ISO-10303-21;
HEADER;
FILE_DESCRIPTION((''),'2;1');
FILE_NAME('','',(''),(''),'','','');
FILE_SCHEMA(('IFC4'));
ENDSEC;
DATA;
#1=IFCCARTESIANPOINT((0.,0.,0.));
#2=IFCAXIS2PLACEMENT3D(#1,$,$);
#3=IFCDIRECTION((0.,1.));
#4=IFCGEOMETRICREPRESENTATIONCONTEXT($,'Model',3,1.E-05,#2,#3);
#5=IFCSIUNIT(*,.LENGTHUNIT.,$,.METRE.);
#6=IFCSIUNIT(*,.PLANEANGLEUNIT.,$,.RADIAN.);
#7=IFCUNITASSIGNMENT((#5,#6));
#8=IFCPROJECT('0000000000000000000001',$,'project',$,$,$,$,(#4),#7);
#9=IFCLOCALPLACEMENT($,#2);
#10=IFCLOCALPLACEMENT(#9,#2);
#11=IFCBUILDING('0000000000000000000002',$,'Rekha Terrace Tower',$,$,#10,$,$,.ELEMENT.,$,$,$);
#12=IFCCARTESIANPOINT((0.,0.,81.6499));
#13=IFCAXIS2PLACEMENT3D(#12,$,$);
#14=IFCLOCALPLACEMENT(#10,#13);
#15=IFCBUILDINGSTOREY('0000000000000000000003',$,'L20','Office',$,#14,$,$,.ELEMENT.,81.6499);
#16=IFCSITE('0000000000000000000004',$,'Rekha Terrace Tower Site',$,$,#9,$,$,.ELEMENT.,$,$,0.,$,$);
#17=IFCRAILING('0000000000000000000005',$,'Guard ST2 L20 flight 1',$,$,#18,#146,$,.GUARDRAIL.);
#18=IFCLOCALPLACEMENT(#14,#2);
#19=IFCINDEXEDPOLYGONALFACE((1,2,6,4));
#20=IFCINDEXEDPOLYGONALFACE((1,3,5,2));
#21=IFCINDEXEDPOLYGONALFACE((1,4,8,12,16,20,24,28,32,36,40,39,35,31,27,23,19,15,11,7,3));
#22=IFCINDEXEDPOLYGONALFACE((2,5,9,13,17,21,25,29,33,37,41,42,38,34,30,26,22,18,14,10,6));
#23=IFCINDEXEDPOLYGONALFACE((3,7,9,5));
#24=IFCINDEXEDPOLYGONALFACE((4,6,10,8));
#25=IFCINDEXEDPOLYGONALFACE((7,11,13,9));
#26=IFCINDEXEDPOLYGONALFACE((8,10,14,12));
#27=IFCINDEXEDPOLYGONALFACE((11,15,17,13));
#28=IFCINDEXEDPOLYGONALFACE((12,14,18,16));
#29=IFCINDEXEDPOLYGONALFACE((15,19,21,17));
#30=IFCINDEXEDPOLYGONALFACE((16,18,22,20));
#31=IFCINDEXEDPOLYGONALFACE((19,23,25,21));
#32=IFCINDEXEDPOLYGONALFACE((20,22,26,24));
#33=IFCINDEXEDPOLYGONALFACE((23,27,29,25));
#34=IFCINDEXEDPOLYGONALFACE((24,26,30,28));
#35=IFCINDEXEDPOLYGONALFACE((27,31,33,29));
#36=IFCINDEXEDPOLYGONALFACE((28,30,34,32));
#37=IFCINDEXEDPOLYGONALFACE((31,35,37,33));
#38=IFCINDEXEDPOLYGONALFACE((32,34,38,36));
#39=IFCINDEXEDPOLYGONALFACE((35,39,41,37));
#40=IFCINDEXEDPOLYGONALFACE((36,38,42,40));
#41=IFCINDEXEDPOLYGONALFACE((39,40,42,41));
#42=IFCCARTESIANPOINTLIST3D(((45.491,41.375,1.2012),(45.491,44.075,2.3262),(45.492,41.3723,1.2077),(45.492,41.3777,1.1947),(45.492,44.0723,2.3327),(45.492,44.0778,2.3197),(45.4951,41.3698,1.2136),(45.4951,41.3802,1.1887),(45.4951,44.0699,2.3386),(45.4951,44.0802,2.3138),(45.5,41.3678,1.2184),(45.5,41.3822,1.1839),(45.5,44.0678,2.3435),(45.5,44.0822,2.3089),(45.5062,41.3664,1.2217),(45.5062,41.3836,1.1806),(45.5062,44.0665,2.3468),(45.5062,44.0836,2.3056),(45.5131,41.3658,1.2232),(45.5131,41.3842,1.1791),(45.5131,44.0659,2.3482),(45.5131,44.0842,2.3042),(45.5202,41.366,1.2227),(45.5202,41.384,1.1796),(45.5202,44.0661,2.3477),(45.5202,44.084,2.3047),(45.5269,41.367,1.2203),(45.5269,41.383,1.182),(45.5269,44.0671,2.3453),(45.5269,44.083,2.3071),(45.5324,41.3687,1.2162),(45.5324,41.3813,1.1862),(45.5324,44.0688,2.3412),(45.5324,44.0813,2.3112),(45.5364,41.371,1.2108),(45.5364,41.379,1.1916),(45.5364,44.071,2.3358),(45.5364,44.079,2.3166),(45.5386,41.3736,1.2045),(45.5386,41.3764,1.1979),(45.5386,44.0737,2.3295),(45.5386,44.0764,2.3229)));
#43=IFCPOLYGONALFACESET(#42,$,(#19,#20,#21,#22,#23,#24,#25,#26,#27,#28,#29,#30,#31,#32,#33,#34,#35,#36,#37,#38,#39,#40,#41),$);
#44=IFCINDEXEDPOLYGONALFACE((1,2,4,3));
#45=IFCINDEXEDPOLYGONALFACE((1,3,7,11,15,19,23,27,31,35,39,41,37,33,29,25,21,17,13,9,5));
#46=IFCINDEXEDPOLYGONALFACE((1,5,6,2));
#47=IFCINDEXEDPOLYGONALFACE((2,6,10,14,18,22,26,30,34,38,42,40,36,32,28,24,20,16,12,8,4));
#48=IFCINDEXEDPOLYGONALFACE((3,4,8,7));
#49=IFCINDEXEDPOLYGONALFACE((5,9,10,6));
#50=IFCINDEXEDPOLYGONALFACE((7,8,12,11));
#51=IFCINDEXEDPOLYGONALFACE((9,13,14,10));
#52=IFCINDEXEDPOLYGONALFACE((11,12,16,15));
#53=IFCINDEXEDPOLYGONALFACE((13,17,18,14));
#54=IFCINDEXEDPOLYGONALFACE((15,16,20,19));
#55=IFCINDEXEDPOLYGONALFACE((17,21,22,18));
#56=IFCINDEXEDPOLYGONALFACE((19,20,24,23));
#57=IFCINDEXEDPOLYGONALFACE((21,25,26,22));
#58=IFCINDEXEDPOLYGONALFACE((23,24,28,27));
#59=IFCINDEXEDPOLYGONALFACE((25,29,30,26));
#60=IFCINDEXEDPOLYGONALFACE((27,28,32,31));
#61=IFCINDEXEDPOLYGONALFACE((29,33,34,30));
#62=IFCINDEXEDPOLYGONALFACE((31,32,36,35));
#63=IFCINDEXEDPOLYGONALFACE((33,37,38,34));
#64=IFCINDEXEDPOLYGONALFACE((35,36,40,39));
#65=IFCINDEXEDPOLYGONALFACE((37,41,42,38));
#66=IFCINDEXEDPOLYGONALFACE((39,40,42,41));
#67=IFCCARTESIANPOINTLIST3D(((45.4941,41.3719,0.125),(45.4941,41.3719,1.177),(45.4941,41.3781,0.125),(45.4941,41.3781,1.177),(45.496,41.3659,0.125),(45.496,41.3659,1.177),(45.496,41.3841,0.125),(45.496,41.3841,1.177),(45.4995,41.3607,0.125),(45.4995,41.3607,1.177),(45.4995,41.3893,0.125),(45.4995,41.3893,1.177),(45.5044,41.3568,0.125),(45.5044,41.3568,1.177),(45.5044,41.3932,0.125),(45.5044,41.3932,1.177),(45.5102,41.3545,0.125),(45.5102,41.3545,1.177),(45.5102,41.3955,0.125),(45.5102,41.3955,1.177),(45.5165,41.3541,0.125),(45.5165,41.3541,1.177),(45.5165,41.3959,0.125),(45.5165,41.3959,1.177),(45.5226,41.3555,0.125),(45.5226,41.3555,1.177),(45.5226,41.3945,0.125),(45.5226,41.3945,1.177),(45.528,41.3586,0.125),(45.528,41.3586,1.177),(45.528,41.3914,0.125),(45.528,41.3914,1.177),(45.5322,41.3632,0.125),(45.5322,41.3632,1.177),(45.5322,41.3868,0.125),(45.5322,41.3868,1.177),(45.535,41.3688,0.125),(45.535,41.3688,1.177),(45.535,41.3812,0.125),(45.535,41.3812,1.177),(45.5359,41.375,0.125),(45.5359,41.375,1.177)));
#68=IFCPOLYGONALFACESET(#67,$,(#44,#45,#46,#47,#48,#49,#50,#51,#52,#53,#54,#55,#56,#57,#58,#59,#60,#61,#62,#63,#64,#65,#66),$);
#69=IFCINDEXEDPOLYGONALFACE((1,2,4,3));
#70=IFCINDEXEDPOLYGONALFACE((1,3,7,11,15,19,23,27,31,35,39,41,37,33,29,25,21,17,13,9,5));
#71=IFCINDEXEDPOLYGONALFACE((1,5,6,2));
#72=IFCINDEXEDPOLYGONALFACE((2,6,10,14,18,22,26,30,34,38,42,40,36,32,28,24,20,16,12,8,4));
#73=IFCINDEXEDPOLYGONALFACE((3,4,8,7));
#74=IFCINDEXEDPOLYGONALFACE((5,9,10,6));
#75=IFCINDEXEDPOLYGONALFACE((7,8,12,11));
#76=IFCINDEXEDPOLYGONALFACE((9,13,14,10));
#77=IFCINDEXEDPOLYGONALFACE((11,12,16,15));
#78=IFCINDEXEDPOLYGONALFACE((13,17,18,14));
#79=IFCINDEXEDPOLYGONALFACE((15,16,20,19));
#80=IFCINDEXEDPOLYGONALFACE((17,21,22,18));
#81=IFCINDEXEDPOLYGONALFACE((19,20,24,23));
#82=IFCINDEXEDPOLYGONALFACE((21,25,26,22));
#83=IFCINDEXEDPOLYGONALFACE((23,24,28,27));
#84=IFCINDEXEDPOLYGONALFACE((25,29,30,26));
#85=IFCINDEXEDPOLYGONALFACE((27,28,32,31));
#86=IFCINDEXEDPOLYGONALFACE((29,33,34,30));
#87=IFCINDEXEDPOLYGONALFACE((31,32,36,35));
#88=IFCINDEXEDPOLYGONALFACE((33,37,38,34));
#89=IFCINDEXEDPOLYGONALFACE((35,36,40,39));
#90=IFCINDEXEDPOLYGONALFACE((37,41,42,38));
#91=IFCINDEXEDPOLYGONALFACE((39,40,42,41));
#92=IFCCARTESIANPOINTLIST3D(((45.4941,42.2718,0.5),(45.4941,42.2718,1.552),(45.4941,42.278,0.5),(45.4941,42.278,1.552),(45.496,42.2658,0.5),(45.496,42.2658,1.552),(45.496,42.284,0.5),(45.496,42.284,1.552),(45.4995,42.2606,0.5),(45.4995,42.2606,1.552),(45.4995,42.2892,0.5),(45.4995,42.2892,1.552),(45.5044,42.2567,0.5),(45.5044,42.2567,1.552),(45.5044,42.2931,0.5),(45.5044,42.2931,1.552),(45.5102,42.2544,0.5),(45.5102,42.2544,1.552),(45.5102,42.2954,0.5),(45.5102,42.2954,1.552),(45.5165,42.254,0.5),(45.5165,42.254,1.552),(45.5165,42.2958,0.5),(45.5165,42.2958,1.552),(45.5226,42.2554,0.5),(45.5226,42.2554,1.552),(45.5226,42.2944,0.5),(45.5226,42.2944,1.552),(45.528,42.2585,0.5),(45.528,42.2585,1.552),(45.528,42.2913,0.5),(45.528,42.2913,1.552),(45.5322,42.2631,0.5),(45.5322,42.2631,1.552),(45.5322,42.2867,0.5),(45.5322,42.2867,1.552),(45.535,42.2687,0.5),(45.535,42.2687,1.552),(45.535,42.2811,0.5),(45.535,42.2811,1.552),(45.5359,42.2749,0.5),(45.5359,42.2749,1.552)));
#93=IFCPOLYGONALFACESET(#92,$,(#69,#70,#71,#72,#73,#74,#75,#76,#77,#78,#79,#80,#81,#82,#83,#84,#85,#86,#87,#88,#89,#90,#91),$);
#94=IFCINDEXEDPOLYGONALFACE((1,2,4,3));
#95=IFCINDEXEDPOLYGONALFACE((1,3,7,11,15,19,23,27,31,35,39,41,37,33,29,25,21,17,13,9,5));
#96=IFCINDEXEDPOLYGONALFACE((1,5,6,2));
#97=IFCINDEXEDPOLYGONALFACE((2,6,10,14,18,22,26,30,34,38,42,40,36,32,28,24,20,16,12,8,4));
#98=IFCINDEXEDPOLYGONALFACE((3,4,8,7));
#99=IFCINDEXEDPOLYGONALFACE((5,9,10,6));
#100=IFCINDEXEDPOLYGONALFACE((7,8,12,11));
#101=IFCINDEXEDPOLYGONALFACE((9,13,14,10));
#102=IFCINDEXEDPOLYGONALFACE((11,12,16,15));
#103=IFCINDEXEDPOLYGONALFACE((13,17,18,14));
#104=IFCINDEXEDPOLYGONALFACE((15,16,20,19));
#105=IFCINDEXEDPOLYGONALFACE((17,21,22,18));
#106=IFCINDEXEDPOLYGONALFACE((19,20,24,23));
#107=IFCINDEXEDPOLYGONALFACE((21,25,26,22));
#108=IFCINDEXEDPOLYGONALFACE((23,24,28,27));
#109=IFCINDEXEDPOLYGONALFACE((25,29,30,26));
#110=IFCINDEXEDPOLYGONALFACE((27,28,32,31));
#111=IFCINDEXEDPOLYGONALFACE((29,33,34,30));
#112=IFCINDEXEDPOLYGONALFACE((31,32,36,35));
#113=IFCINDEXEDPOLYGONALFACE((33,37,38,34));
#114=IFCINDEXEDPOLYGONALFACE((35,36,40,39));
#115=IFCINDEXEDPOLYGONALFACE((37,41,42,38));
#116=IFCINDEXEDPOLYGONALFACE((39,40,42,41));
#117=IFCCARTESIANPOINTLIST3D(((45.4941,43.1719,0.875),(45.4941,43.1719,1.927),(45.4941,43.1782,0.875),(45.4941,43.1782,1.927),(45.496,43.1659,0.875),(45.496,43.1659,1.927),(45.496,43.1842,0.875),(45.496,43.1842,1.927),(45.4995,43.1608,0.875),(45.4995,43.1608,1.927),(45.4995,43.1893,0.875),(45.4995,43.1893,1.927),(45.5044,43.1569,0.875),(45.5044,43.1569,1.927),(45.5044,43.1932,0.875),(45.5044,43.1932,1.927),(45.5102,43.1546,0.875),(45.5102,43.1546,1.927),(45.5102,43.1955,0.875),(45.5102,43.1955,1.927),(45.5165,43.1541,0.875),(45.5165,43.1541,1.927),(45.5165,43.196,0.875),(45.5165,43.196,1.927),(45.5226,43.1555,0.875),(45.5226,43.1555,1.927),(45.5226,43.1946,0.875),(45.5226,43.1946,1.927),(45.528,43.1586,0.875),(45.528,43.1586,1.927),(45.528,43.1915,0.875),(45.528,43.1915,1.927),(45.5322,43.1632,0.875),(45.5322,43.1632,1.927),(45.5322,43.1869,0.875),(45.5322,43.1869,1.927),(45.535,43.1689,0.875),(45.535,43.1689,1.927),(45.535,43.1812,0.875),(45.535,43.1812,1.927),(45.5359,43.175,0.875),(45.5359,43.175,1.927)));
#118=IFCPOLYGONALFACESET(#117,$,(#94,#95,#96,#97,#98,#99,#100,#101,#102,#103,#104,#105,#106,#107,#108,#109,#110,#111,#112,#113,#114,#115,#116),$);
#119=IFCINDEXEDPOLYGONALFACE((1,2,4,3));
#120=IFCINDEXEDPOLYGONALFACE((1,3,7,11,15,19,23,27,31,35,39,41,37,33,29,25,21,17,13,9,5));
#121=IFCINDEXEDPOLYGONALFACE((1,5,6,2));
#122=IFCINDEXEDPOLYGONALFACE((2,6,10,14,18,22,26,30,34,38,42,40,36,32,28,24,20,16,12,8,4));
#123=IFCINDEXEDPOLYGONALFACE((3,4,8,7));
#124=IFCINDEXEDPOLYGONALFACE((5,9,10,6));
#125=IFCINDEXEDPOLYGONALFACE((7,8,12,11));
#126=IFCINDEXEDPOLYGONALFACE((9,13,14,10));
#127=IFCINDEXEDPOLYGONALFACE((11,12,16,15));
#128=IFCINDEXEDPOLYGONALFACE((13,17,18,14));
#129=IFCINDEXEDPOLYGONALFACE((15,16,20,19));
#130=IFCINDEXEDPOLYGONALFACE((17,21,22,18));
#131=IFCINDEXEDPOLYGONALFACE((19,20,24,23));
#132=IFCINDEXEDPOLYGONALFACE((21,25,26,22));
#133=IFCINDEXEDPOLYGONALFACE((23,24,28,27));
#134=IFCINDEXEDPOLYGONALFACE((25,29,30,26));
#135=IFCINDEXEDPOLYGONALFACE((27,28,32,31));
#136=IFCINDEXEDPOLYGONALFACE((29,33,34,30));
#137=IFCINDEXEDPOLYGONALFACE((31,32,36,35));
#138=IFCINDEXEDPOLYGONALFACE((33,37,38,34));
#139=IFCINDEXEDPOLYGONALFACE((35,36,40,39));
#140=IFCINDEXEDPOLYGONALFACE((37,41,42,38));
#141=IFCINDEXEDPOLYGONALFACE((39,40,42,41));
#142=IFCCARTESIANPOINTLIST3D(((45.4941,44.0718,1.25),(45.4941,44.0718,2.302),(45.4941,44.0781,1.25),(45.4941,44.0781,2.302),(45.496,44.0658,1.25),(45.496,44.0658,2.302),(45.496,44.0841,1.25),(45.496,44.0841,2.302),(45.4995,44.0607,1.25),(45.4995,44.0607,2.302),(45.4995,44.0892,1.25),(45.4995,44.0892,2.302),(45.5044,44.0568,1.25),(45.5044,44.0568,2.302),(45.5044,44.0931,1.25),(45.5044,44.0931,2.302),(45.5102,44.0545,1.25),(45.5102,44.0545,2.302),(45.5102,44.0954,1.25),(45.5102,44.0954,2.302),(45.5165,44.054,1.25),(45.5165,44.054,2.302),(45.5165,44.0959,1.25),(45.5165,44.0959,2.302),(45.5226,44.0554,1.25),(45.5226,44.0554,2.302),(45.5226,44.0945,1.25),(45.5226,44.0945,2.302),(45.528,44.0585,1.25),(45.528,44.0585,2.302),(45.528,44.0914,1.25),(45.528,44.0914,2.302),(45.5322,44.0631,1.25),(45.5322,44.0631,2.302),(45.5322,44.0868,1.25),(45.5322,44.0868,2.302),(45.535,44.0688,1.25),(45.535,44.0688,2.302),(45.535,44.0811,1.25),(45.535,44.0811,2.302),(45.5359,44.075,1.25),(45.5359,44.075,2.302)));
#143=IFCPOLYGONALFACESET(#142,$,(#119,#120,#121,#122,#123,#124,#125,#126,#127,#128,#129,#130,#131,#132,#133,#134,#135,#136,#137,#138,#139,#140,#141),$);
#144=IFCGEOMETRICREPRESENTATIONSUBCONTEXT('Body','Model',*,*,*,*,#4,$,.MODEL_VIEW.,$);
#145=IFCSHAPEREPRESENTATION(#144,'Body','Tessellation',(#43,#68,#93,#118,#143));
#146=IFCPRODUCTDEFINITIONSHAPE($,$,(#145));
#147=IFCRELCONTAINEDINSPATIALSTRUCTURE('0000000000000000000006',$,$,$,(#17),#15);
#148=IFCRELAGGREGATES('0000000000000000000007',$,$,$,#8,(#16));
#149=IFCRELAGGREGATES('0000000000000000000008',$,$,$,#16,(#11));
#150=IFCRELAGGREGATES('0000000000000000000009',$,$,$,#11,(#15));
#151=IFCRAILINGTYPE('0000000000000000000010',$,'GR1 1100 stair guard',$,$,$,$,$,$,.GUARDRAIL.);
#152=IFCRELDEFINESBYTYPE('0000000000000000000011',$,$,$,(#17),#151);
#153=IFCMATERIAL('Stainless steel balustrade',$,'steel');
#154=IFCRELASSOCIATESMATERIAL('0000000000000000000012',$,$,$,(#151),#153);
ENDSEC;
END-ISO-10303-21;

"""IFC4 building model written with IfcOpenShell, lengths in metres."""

from ifc_helpers import new_model, si_unit, direction, frame, origin, origin_2d, place, context, subcontext, project, spatial, circle, extrude, material, type_object, element, save


model = new_model("IFC4")

# Units and contexts
model_context = context("Model", 3, precision=1e-05, world=origin(), true_north=direction((0.0, 1.0)))
body_context = subcontext(model_context, "Body", "Model", "MODEL_VIEW")
ifc_project = project(units=[si_unit("LENGTHUNIT", "METRE"), si_unit("PLANEANGLEUNIT", "RADIAN")], contexts=[model_context])

# Site, building, storey
site_placement = place(None, origin())
site = spatial("IfcSite", under=ifc_project, at=site_placement, Name="Rekha Terrace Tower Site", CompositionType="ELEMENT", RefElevation=0.0)
building_placement = place(site_placement, origin())
building = spatial("IfcBuilding", under=site, at=building_placement, Name="Rekha Terrace Tower", CompositionType="ELEMENT")
storey_placement = place(building_placement, frame((0.0, 0.0, 81.6499)))
storey = spatial("IfcBuildingStorey", under=building, at=storey_placement, Name="L20", Description="Office", CompositionType="ELEMENT", Elevation=81.6499)

# Railing
ifc_material_1 = material(Name="Stainless steel balustrade", Category="steel")
railing_type_1 = type_object("IfcRailingType", Name="GR1 1100 stair guard", PredefinedType="GUARDRAIL", material=ifc_material_1)
railing_1_placement = place(storey_placement, frame((45.5149, 41.375, 0.125)))
element("IfcRailing", 1, at=railing_1_placement, inside=storey, type_object=railing_type_1, Name="Guard ST2 L20 flight 1", PredefinedType="GUARDRAIL", context=body_context, shape_type="SweptSolid", body=[
    extrude(circle(Radius=0.0239, at=origin_2d()), frame((0.0, 0.0, 1.0762), z_axis=(0.0, 0.923074, 0.384621), x_axis=(-1.0, 0.0, 0.0)), (0.0, 0.0, 1.0), 2.925),
    extrude(circle(Radius=0.021, at=origin_2d()), origin(), (0.0, 0.0, 1.0), 1.052),
    extrude(circle(Radius=0.021, at=origin_2d()), frame((0.0, 0.8999, 0.375)), (0.0, 0.0, 1.0), 1.052),
    extrude(circle(Radius=0.021, at=origin_2d()), frame((0.0, 1.8, 0.75)), (0.0, 0.0, 1.0), 1.052),
    extrude(circle(Radius=0.021, at=origin_2d()), frame((0.0, 2.7, 1.125)), (0.0, 0.0, 1.0), 1.052),
])

save(model, "model.ifc")
